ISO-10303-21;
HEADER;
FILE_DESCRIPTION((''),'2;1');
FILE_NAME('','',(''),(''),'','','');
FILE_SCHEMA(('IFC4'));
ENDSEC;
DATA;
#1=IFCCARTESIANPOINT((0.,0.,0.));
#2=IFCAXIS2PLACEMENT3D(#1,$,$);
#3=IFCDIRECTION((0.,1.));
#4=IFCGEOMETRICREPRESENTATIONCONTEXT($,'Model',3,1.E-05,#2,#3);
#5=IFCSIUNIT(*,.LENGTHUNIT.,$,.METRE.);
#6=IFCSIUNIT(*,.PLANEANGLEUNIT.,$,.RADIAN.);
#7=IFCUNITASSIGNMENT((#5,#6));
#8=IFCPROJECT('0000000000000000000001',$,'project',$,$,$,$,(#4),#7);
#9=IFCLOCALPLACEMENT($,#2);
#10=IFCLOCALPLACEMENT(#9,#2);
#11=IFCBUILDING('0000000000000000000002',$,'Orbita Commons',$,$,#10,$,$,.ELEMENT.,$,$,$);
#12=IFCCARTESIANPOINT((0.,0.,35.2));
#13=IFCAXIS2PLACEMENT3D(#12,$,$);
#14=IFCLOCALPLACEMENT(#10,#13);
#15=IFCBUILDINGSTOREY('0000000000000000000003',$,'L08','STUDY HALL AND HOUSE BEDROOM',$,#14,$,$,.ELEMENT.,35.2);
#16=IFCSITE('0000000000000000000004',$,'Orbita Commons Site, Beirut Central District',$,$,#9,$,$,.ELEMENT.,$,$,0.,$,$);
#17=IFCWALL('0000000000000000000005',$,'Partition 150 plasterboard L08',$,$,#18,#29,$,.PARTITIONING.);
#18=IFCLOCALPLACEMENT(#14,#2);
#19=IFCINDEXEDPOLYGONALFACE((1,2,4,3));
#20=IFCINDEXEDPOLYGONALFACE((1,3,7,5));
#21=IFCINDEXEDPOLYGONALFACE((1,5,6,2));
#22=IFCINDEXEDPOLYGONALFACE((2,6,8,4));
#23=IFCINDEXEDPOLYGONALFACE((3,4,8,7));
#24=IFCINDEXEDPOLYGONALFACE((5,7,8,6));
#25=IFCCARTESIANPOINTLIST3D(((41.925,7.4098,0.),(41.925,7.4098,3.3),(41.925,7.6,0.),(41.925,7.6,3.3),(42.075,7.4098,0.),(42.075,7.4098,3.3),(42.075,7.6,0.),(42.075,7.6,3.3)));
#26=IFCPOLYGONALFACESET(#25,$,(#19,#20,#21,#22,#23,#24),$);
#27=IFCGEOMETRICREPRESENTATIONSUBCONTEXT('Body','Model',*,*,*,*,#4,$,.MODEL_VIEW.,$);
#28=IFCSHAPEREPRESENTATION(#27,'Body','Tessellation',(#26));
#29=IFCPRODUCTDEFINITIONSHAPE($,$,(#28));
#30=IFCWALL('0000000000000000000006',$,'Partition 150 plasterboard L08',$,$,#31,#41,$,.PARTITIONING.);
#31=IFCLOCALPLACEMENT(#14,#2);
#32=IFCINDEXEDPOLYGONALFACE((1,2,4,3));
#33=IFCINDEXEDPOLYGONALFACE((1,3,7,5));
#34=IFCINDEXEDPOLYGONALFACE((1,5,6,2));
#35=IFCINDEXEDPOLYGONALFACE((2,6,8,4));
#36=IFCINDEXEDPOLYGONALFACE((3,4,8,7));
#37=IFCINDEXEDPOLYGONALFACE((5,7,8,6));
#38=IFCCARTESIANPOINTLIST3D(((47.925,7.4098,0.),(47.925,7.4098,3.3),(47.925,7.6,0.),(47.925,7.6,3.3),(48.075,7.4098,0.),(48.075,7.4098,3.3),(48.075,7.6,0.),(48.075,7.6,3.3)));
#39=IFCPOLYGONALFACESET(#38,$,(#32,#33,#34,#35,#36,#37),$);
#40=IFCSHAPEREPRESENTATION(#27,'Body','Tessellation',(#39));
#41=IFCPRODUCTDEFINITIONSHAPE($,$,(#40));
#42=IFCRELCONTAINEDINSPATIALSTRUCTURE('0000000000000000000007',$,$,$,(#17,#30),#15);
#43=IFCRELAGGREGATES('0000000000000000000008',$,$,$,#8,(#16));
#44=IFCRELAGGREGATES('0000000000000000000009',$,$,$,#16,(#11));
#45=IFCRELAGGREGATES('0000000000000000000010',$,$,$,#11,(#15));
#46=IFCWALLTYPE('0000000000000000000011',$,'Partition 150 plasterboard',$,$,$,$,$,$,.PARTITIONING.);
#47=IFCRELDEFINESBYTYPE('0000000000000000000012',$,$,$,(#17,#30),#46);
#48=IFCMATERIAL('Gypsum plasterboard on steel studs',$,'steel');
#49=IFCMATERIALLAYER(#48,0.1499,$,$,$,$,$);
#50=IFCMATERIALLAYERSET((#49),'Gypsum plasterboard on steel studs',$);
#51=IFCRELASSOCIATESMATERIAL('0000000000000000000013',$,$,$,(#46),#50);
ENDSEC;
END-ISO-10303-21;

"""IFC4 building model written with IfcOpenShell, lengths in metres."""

from ifc_helpers import new_model, si_unit, direction, frame, frame_2d, origin, place, context, subcontext, project, spatial, rectangle, extrude, material, layer, layer_set, type_object, element, save


model = new_model("IFC4")

# Units and contexts
model_context = context("Model", 3, precision=1e-05, world=origin(), true_north=direction((0.0, 1.0)))
body_context = subcontext(model_context, "Body", "Model", "MODEL_VIEW")
ifc_project = project(units=[si_unit("LENGTHUNIT", "METRE"), si_unit("PLANEANGLEUNIT", "RADIAN")], contexts=[model_context])

# Site, building, storey
site_placement = place(None, origin())
site = spatial("IfcSite", under=ifc_project, at=site_placement, Name="Orbita Commons Site, Beirut Central District", CompositionType="ELEMENT", RefElevation=0.0)
building_placement = place(site_placement, origin())
building = spatial("IfcBuilding", under=site, at=building_placement, Name="Orbita Commons", CompositionType="ELEMENT")
storey_placement = place(building_placement, frame((0.0, 0.0, 35.2)))
storey = spatial("IfcBuildingStorey", under=building, at=storey_placement, Name="L08", Description="STUDY HALL AND HOUSE BEDROOM", CompositionType="ELEMENT", Elevation=35.2)

# Walls
ifc_material_1 = material(Name="Gypsum plasterboard on steel studs", Category="steel")
ifc_layer_1 = layer(ifc_material_1, 0.1499)
ifc_layer_set_1 = layer_set([ifc_layer_1], Name="Gypsum plasterboard on steel studs")
wall_type = type_object("IfcWallType", Name="Partition 150 plasterboard", PredefinedType="PARTITIONING", material=ifc_layer_set_1)
for number, where, z_axis, x_axis, name in (
    (1, (42.0, 7.6001, 0.0), (0.0, 0.0, 1.0), (0.0, -1.0, 0.0), "Partition 150 plasterboard L08"),
    (2, (48.0, 7.6001, 0.0), (0.0, 0.0, 1.0), (0.0, -1.0, 0.0), "Partition 150 plasterboard L08"),
):
    element("IfcWall", number, at=place(storey_placement, frame(where, z_axis=z_axis, x_axis=x_axis)), inside=storey, type_object=wall_type, Name=name, PredefinedType="PARTITIONING", context=body_context, shape_type="SweptSolid", body=[
        extrude(rectangle(XDim=0.1902, YDim=0.1499, at=frame_2d((0.0952, 0.0))), origin(), (0.0, 0.0, 1.0), 3.3),
    ])

save(model, "model.ifc")
